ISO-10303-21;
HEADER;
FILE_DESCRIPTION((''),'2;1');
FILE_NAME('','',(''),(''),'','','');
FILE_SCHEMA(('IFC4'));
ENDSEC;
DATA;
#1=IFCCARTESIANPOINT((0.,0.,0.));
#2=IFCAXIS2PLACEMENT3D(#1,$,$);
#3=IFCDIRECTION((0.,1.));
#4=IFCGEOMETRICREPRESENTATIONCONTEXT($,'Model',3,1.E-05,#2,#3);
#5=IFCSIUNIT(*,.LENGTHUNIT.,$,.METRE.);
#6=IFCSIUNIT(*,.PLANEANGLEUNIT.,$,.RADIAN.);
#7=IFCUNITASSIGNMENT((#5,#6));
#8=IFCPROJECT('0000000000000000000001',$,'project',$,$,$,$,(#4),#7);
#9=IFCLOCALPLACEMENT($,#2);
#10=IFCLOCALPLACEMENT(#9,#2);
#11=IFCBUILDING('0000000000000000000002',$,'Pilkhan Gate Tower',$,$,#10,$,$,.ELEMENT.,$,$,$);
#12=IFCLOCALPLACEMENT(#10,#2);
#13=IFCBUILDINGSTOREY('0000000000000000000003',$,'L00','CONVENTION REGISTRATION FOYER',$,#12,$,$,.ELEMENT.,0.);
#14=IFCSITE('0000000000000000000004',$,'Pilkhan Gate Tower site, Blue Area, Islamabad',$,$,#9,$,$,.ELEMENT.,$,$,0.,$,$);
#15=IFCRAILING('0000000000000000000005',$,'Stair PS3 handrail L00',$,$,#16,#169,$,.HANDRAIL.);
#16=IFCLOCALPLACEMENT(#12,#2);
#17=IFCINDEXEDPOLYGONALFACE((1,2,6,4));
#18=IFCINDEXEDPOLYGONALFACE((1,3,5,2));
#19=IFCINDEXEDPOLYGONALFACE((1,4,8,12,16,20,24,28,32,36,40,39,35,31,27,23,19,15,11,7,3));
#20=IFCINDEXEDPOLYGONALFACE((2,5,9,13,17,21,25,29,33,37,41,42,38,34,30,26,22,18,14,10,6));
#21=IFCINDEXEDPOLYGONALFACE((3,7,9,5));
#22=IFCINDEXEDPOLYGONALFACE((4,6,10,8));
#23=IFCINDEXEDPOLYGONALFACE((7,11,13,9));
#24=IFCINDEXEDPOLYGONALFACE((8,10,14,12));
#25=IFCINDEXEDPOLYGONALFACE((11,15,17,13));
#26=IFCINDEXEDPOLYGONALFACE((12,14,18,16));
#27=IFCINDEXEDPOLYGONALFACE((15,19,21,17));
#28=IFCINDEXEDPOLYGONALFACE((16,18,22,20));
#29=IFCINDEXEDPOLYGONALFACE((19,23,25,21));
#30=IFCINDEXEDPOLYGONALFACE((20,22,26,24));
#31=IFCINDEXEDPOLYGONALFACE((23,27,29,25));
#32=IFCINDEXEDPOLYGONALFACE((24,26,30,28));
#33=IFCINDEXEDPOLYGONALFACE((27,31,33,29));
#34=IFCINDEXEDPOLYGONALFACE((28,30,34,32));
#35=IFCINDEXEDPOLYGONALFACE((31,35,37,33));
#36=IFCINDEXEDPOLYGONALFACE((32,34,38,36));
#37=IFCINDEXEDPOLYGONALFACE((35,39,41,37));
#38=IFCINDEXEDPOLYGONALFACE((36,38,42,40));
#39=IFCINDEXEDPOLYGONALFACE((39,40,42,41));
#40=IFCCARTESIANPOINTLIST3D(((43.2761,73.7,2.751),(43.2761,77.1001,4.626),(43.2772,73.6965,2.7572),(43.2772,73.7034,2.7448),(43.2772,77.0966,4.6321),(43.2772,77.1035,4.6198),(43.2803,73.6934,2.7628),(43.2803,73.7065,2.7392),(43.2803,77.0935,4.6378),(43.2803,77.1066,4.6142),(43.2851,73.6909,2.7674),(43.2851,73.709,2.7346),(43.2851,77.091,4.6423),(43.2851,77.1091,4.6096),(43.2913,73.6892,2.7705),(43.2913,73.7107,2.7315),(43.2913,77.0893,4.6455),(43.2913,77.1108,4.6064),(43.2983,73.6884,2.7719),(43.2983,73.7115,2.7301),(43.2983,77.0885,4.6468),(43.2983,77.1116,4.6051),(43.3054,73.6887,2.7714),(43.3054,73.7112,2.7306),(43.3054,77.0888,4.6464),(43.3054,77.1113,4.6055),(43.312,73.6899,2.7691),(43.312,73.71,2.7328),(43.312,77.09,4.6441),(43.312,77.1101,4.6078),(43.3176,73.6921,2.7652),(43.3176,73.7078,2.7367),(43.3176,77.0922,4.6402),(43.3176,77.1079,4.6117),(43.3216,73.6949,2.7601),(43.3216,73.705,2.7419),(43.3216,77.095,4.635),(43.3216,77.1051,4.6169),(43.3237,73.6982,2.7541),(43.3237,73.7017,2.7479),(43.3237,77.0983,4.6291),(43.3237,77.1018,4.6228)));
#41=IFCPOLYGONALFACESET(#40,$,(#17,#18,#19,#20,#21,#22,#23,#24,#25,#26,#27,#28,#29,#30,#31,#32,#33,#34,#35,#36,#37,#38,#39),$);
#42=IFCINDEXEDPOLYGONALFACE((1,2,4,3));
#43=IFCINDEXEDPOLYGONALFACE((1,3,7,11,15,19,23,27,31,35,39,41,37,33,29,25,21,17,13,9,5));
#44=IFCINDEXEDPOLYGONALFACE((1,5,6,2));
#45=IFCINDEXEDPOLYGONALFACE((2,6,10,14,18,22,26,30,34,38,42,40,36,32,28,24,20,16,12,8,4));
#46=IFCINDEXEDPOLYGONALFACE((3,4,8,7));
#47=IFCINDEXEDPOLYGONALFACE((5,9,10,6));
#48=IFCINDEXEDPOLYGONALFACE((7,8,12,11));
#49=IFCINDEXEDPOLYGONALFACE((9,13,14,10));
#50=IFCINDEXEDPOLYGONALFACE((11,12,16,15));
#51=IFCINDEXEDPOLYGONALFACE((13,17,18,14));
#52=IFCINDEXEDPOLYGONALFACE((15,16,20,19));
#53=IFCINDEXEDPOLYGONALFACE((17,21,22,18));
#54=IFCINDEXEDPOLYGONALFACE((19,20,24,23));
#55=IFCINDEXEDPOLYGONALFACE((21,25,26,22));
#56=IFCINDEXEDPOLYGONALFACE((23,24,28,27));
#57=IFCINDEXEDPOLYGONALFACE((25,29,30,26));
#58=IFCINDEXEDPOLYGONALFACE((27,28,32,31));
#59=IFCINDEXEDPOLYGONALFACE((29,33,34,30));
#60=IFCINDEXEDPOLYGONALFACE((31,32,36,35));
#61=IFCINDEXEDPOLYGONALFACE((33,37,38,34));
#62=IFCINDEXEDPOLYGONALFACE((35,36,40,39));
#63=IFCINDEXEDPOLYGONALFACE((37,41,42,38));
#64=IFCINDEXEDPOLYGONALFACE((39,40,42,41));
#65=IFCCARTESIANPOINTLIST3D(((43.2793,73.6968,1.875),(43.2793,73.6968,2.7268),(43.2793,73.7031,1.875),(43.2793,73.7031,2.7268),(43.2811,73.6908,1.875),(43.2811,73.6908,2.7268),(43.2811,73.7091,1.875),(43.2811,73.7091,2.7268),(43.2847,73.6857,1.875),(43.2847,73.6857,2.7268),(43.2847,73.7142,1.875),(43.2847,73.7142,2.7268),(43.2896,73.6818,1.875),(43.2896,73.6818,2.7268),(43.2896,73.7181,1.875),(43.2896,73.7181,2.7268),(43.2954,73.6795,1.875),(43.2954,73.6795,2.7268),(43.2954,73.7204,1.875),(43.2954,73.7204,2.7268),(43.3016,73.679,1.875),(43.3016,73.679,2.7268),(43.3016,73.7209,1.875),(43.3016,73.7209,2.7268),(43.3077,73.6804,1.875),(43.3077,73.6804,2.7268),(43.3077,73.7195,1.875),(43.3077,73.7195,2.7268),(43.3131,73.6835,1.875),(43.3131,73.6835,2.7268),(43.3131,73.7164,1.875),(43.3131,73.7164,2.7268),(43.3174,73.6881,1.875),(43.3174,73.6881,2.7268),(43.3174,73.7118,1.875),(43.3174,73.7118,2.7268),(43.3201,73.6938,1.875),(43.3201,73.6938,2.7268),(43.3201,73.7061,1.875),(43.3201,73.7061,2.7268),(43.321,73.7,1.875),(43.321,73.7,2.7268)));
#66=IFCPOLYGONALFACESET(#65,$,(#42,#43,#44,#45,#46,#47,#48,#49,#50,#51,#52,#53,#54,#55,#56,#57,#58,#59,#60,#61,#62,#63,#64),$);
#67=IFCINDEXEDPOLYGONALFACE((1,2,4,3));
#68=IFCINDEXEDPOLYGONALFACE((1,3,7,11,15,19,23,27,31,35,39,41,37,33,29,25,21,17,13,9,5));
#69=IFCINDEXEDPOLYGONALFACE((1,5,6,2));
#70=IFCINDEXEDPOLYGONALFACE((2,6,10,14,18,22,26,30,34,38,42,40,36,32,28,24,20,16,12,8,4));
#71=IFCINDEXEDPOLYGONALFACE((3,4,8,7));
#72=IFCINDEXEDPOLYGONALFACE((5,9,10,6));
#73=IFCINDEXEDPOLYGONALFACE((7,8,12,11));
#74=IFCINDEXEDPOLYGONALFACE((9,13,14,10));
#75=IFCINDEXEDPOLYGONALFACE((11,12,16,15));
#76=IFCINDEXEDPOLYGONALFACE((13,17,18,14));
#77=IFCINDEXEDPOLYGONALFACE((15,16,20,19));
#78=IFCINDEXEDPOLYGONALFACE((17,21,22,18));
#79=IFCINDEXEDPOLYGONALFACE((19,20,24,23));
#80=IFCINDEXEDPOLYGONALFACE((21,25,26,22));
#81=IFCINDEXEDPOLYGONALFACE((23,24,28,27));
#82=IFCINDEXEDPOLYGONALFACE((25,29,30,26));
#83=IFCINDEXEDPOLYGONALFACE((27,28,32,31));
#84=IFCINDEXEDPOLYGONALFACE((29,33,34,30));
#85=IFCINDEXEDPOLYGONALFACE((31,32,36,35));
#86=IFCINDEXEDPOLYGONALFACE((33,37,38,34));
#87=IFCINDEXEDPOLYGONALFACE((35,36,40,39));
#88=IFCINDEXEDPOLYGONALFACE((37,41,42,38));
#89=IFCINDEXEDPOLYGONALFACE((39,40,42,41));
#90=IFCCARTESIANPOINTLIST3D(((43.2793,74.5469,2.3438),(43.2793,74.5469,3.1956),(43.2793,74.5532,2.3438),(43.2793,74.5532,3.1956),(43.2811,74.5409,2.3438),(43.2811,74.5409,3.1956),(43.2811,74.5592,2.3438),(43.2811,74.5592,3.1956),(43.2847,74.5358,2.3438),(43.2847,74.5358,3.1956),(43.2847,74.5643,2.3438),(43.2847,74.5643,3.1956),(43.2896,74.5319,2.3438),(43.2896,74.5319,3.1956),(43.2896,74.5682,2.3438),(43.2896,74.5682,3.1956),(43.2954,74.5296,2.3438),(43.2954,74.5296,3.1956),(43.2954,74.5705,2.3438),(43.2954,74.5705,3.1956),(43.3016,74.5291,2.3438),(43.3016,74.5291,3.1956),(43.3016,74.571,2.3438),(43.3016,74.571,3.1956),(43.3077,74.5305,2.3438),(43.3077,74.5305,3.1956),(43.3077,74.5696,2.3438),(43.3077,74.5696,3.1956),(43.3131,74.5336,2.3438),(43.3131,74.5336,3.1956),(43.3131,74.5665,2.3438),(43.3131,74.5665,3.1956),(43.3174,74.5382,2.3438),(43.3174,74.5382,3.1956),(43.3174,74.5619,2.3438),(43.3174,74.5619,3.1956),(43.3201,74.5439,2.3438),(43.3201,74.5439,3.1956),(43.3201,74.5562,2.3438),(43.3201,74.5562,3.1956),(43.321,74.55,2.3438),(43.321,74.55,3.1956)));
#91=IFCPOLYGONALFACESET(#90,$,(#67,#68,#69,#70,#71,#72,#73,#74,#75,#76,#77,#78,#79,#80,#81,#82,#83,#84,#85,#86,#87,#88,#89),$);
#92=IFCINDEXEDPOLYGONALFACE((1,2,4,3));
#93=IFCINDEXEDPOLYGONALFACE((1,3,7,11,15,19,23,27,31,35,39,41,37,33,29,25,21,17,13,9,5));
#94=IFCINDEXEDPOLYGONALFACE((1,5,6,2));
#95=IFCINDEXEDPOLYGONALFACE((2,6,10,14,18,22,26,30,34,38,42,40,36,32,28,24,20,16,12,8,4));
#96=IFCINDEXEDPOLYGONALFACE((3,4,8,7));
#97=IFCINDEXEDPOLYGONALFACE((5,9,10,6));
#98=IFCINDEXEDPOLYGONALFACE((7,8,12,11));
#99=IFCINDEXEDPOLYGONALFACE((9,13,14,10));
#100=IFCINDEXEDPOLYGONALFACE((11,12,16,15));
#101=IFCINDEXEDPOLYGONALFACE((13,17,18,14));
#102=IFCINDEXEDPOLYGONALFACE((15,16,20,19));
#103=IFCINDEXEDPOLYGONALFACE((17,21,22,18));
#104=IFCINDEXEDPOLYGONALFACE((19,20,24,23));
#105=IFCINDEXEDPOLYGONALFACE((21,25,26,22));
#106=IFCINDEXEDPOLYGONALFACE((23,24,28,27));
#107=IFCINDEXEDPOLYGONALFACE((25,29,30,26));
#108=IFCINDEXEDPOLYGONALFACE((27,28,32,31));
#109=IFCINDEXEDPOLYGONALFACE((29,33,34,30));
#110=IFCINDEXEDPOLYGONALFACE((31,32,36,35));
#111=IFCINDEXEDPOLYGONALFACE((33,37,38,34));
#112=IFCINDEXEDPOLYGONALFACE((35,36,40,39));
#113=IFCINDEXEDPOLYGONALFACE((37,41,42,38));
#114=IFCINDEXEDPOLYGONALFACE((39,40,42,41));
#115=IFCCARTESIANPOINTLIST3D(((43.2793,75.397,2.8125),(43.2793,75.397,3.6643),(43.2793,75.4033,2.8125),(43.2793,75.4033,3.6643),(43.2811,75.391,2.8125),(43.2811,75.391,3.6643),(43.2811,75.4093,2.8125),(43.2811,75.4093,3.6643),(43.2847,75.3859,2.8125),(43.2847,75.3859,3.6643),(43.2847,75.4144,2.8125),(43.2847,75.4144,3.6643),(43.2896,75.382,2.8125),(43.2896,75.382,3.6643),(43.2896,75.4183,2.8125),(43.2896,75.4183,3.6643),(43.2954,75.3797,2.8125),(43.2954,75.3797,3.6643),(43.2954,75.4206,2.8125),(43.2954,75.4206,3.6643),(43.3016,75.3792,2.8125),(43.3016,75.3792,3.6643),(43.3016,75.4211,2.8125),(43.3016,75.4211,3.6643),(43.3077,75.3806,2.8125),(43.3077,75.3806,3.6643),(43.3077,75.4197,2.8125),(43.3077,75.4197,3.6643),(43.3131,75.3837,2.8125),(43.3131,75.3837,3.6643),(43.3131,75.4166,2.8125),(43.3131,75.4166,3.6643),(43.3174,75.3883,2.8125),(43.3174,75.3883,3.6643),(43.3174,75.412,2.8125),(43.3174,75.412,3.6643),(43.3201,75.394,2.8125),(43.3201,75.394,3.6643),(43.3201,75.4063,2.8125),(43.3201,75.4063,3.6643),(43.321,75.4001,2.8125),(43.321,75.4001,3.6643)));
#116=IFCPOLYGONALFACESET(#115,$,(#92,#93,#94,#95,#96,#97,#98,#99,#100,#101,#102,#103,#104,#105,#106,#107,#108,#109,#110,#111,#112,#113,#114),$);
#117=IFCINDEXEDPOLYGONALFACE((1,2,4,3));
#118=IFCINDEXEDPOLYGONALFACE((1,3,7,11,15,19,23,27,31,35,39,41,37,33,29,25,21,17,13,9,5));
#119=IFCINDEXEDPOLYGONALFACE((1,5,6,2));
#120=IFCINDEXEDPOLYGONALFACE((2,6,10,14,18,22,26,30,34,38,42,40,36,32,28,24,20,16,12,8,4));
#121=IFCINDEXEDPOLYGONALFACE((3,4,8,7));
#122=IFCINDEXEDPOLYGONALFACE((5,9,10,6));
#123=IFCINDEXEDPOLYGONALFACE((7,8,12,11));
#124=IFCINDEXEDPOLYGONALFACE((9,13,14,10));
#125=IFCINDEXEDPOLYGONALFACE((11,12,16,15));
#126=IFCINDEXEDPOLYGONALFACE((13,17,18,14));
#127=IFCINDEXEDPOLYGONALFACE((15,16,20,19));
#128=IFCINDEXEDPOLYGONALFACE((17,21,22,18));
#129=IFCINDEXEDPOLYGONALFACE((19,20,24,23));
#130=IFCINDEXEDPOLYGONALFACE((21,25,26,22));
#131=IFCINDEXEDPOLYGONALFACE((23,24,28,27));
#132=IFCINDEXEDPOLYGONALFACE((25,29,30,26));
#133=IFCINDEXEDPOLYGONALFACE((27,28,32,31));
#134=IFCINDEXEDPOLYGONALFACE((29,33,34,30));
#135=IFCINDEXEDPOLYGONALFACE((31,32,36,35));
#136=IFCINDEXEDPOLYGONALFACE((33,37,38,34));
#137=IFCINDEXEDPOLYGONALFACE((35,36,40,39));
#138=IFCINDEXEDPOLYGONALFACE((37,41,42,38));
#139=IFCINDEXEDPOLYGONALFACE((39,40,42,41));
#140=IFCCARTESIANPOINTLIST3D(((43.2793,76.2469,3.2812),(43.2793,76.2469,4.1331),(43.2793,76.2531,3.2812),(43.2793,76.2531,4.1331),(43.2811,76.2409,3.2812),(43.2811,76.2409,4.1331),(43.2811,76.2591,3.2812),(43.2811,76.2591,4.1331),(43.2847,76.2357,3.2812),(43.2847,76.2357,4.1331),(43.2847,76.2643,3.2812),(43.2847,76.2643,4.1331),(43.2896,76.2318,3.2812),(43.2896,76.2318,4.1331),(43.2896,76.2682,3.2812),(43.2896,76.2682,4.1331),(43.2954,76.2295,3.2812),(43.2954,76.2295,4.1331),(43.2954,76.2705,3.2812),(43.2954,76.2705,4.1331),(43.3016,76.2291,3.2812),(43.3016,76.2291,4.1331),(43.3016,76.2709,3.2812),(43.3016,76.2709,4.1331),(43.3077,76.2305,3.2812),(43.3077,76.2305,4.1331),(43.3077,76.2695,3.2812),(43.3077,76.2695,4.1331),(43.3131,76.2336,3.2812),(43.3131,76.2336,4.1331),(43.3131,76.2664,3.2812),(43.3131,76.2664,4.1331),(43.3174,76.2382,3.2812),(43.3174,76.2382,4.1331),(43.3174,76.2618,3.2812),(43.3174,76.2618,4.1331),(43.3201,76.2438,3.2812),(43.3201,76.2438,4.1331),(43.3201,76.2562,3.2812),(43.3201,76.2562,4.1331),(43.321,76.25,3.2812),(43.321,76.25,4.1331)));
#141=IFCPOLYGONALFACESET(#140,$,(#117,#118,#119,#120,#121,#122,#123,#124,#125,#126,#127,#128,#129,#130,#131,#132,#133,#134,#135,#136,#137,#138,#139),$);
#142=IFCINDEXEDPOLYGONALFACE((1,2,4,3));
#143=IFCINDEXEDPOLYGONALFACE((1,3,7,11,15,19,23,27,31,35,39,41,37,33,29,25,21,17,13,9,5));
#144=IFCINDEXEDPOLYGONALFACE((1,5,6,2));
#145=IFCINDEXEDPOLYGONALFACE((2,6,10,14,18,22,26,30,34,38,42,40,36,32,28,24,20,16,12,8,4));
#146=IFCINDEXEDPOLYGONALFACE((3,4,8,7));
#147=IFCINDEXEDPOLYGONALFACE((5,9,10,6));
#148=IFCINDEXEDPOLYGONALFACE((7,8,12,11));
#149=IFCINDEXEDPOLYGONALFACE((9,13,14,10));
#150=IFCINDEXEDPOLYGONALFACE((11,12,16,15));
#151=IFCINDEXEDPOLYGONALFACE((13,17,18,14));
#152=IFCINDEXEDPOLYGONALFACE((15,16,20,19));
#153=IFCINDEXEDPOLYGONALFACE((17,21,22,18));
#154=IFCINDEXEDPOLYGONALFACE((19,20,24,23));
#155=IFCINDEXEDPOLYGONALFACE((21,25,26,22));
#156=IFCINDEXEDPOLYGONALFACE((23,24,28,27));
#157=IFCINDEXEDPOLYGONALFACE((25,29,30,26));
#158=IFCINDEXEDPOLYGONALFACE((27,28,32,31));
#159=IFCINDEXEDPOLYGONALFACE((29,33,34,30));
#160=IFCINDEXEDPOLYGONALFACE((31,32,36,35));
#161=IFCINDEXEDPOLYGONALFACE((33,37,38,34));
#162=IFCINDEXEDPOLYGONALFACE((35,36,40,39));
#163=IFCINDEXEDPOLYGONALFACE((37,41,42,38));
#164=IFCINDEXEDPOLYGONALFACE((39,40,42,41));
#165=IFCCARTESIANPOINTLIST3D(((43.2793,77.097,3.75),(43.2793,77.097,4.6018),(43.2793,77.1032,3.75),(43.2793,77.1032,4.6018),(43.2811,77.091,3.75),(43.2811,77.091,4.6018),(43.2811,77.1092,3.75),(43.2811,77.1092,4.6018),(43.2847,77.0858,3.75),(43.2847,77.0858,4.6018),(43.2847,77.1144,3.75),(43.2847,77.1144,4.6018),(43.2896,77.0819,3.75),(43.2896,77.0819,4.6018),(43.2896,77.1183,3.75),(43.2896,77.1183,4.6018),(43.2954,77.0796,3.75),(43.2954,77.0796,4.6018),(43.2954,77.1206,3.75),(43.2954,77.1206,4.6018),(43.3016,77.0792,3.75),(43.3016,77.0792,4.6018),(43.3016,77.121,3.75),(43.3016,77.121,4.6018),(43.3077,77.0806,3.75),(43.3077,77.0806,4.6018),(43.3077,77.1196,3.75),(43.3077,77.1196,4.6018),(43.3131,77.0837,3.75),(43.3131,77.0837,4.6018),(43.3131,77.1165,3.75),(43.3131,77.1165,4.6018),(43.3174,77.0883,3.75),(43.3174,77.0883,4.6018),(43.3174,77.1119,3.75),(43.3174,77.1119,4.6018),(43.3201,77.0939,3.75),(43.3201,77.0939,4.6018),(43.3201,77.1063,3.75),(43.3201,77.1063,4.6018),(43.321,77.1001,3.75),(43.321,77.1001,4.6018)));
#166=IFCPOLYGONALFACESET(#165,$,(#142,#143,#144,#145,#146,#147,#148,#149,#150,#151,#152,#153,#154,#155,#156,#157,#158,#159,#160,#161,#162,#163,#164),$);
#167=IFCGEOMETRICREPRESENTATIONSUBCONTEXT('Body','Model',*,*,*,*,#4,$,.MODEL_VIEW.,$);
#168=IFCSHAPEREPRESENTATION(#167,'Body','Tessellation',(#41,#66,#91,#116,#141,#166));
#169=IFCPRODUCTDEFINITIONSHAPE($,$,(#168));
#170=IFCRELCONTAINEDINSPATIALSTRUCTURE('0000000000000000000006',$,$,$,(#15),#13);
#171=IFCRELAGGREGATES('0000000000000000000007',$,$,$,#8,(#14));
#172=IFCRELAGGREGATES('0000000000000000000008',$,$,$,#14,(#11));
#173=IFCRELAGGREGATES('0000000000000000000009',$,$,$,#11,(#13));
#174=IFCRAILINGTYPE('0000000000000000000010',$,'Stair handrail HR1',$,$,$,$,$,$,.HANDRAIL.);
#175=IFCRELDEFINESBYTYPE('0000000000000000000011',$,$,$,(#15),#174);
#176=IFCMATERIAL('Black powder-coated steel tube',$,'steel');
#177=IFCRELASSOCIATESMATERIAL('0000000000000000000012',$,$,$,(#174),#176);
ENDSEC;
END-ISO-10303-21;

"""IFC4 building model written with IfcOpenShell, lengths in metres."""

from ifc_helpers import new_model, si_unit, direction, frame, origin, origin_2d, place, context, subcontext, project, spatial, circle, extrude, material, type_object, element, save


model = new_model("IFC4")

# Units and contexts
model_context = context("Model", 3, precision=1e-05, world=origin(), true_north=direction((0.0, 1.0)))
body_context = subcontext(model_context, "Body", "Model", "MODEL_VIEW")
ifc_project = project(units=[si_unit("LENGTHUNIT", "METRE"), si_unit("PLANEANGLEUNIT", "RADIAN")], contexts=[model_context])

# Site, building, storey
site_placement = place(None, origin())
site = spatial("IfcSite", under=ifc_project, at=site_placement, Name="Pilkhan Gate Tower site, Blue Area, Islamabad", CompositionType="ELEMENT", RefElevation=0.0)
building_placement = place(site_placement, origin())
building = spatial("IfcBuilding", under=site, at=building_placement, Name="Pilkhan Gate Tower", CompositionType="ELEMENT")
storey_placement = place(building_placement, origin())
storey = spatial("IfcBuildingStorey", under=building, at=storey_placement, Name="L00", Description="CONVENTION REGISTRATION FOYER", CompositionType="ELEMENT", Elevation=0.0)

# Railing
ifc_material_1 = material(Name="Black powder-coated steel tube", Category="steel")
railing_type_1 = type_object("IfcRailingType", Name="Stair handrail HR1", PredefinedType="HANDRAIL", material=ifc_material_1)
railing_1_placement = place(storey_placement, frame((43.3, 73.7, 1.875)))
element("IfcRailing", 1, at=railing_1_placement, inside=storey, type_object=railing_type_1, Name="Stair PS3 handrail L00", PredefinedType="HANDRAIL", context=body_context, shape_type="SweptSolid", body=[
    extrude(circle(Radius=0.0239, at=origin_2d()), frame((0.0, 0.0, 0.876), z_axis=(0.0, 0.87568, 0.482891), x_axis=(-1.0, 0.0, 0.0)), (0.0, 0.0, 1.0), 3.8828),
    extrude(circle(Radius=0.021, at=origin_2d()), origin(), (0.0, 0.0, 1.0), 0.8518),
    extrude(circle(Radius=0.021, at=origin_2d()), frame((0.0, 0.8501, 0.4688)), (0.0, 0.0, 1.0), 0.8518),
    extrude(circle(Radius=0.021, at=origin_2d()), frame((0.0, 1.7002, 0.9375)), (0.0, 0.0, 1.0), 0.8518),
    extrude(circle(Radius=0.021, at=origin_2d()), frame((0.0, 2.55, 1.4062)), (0.0, 0.0, 1.0), 0.8518),
    extrude(circle(Radius=0.021, at=origin_2d()), frame((0.0, 3.4001, 1.875)), (0.0, 0.0, 1.0), 0.8518),
])

save(model, "model.ifc")
